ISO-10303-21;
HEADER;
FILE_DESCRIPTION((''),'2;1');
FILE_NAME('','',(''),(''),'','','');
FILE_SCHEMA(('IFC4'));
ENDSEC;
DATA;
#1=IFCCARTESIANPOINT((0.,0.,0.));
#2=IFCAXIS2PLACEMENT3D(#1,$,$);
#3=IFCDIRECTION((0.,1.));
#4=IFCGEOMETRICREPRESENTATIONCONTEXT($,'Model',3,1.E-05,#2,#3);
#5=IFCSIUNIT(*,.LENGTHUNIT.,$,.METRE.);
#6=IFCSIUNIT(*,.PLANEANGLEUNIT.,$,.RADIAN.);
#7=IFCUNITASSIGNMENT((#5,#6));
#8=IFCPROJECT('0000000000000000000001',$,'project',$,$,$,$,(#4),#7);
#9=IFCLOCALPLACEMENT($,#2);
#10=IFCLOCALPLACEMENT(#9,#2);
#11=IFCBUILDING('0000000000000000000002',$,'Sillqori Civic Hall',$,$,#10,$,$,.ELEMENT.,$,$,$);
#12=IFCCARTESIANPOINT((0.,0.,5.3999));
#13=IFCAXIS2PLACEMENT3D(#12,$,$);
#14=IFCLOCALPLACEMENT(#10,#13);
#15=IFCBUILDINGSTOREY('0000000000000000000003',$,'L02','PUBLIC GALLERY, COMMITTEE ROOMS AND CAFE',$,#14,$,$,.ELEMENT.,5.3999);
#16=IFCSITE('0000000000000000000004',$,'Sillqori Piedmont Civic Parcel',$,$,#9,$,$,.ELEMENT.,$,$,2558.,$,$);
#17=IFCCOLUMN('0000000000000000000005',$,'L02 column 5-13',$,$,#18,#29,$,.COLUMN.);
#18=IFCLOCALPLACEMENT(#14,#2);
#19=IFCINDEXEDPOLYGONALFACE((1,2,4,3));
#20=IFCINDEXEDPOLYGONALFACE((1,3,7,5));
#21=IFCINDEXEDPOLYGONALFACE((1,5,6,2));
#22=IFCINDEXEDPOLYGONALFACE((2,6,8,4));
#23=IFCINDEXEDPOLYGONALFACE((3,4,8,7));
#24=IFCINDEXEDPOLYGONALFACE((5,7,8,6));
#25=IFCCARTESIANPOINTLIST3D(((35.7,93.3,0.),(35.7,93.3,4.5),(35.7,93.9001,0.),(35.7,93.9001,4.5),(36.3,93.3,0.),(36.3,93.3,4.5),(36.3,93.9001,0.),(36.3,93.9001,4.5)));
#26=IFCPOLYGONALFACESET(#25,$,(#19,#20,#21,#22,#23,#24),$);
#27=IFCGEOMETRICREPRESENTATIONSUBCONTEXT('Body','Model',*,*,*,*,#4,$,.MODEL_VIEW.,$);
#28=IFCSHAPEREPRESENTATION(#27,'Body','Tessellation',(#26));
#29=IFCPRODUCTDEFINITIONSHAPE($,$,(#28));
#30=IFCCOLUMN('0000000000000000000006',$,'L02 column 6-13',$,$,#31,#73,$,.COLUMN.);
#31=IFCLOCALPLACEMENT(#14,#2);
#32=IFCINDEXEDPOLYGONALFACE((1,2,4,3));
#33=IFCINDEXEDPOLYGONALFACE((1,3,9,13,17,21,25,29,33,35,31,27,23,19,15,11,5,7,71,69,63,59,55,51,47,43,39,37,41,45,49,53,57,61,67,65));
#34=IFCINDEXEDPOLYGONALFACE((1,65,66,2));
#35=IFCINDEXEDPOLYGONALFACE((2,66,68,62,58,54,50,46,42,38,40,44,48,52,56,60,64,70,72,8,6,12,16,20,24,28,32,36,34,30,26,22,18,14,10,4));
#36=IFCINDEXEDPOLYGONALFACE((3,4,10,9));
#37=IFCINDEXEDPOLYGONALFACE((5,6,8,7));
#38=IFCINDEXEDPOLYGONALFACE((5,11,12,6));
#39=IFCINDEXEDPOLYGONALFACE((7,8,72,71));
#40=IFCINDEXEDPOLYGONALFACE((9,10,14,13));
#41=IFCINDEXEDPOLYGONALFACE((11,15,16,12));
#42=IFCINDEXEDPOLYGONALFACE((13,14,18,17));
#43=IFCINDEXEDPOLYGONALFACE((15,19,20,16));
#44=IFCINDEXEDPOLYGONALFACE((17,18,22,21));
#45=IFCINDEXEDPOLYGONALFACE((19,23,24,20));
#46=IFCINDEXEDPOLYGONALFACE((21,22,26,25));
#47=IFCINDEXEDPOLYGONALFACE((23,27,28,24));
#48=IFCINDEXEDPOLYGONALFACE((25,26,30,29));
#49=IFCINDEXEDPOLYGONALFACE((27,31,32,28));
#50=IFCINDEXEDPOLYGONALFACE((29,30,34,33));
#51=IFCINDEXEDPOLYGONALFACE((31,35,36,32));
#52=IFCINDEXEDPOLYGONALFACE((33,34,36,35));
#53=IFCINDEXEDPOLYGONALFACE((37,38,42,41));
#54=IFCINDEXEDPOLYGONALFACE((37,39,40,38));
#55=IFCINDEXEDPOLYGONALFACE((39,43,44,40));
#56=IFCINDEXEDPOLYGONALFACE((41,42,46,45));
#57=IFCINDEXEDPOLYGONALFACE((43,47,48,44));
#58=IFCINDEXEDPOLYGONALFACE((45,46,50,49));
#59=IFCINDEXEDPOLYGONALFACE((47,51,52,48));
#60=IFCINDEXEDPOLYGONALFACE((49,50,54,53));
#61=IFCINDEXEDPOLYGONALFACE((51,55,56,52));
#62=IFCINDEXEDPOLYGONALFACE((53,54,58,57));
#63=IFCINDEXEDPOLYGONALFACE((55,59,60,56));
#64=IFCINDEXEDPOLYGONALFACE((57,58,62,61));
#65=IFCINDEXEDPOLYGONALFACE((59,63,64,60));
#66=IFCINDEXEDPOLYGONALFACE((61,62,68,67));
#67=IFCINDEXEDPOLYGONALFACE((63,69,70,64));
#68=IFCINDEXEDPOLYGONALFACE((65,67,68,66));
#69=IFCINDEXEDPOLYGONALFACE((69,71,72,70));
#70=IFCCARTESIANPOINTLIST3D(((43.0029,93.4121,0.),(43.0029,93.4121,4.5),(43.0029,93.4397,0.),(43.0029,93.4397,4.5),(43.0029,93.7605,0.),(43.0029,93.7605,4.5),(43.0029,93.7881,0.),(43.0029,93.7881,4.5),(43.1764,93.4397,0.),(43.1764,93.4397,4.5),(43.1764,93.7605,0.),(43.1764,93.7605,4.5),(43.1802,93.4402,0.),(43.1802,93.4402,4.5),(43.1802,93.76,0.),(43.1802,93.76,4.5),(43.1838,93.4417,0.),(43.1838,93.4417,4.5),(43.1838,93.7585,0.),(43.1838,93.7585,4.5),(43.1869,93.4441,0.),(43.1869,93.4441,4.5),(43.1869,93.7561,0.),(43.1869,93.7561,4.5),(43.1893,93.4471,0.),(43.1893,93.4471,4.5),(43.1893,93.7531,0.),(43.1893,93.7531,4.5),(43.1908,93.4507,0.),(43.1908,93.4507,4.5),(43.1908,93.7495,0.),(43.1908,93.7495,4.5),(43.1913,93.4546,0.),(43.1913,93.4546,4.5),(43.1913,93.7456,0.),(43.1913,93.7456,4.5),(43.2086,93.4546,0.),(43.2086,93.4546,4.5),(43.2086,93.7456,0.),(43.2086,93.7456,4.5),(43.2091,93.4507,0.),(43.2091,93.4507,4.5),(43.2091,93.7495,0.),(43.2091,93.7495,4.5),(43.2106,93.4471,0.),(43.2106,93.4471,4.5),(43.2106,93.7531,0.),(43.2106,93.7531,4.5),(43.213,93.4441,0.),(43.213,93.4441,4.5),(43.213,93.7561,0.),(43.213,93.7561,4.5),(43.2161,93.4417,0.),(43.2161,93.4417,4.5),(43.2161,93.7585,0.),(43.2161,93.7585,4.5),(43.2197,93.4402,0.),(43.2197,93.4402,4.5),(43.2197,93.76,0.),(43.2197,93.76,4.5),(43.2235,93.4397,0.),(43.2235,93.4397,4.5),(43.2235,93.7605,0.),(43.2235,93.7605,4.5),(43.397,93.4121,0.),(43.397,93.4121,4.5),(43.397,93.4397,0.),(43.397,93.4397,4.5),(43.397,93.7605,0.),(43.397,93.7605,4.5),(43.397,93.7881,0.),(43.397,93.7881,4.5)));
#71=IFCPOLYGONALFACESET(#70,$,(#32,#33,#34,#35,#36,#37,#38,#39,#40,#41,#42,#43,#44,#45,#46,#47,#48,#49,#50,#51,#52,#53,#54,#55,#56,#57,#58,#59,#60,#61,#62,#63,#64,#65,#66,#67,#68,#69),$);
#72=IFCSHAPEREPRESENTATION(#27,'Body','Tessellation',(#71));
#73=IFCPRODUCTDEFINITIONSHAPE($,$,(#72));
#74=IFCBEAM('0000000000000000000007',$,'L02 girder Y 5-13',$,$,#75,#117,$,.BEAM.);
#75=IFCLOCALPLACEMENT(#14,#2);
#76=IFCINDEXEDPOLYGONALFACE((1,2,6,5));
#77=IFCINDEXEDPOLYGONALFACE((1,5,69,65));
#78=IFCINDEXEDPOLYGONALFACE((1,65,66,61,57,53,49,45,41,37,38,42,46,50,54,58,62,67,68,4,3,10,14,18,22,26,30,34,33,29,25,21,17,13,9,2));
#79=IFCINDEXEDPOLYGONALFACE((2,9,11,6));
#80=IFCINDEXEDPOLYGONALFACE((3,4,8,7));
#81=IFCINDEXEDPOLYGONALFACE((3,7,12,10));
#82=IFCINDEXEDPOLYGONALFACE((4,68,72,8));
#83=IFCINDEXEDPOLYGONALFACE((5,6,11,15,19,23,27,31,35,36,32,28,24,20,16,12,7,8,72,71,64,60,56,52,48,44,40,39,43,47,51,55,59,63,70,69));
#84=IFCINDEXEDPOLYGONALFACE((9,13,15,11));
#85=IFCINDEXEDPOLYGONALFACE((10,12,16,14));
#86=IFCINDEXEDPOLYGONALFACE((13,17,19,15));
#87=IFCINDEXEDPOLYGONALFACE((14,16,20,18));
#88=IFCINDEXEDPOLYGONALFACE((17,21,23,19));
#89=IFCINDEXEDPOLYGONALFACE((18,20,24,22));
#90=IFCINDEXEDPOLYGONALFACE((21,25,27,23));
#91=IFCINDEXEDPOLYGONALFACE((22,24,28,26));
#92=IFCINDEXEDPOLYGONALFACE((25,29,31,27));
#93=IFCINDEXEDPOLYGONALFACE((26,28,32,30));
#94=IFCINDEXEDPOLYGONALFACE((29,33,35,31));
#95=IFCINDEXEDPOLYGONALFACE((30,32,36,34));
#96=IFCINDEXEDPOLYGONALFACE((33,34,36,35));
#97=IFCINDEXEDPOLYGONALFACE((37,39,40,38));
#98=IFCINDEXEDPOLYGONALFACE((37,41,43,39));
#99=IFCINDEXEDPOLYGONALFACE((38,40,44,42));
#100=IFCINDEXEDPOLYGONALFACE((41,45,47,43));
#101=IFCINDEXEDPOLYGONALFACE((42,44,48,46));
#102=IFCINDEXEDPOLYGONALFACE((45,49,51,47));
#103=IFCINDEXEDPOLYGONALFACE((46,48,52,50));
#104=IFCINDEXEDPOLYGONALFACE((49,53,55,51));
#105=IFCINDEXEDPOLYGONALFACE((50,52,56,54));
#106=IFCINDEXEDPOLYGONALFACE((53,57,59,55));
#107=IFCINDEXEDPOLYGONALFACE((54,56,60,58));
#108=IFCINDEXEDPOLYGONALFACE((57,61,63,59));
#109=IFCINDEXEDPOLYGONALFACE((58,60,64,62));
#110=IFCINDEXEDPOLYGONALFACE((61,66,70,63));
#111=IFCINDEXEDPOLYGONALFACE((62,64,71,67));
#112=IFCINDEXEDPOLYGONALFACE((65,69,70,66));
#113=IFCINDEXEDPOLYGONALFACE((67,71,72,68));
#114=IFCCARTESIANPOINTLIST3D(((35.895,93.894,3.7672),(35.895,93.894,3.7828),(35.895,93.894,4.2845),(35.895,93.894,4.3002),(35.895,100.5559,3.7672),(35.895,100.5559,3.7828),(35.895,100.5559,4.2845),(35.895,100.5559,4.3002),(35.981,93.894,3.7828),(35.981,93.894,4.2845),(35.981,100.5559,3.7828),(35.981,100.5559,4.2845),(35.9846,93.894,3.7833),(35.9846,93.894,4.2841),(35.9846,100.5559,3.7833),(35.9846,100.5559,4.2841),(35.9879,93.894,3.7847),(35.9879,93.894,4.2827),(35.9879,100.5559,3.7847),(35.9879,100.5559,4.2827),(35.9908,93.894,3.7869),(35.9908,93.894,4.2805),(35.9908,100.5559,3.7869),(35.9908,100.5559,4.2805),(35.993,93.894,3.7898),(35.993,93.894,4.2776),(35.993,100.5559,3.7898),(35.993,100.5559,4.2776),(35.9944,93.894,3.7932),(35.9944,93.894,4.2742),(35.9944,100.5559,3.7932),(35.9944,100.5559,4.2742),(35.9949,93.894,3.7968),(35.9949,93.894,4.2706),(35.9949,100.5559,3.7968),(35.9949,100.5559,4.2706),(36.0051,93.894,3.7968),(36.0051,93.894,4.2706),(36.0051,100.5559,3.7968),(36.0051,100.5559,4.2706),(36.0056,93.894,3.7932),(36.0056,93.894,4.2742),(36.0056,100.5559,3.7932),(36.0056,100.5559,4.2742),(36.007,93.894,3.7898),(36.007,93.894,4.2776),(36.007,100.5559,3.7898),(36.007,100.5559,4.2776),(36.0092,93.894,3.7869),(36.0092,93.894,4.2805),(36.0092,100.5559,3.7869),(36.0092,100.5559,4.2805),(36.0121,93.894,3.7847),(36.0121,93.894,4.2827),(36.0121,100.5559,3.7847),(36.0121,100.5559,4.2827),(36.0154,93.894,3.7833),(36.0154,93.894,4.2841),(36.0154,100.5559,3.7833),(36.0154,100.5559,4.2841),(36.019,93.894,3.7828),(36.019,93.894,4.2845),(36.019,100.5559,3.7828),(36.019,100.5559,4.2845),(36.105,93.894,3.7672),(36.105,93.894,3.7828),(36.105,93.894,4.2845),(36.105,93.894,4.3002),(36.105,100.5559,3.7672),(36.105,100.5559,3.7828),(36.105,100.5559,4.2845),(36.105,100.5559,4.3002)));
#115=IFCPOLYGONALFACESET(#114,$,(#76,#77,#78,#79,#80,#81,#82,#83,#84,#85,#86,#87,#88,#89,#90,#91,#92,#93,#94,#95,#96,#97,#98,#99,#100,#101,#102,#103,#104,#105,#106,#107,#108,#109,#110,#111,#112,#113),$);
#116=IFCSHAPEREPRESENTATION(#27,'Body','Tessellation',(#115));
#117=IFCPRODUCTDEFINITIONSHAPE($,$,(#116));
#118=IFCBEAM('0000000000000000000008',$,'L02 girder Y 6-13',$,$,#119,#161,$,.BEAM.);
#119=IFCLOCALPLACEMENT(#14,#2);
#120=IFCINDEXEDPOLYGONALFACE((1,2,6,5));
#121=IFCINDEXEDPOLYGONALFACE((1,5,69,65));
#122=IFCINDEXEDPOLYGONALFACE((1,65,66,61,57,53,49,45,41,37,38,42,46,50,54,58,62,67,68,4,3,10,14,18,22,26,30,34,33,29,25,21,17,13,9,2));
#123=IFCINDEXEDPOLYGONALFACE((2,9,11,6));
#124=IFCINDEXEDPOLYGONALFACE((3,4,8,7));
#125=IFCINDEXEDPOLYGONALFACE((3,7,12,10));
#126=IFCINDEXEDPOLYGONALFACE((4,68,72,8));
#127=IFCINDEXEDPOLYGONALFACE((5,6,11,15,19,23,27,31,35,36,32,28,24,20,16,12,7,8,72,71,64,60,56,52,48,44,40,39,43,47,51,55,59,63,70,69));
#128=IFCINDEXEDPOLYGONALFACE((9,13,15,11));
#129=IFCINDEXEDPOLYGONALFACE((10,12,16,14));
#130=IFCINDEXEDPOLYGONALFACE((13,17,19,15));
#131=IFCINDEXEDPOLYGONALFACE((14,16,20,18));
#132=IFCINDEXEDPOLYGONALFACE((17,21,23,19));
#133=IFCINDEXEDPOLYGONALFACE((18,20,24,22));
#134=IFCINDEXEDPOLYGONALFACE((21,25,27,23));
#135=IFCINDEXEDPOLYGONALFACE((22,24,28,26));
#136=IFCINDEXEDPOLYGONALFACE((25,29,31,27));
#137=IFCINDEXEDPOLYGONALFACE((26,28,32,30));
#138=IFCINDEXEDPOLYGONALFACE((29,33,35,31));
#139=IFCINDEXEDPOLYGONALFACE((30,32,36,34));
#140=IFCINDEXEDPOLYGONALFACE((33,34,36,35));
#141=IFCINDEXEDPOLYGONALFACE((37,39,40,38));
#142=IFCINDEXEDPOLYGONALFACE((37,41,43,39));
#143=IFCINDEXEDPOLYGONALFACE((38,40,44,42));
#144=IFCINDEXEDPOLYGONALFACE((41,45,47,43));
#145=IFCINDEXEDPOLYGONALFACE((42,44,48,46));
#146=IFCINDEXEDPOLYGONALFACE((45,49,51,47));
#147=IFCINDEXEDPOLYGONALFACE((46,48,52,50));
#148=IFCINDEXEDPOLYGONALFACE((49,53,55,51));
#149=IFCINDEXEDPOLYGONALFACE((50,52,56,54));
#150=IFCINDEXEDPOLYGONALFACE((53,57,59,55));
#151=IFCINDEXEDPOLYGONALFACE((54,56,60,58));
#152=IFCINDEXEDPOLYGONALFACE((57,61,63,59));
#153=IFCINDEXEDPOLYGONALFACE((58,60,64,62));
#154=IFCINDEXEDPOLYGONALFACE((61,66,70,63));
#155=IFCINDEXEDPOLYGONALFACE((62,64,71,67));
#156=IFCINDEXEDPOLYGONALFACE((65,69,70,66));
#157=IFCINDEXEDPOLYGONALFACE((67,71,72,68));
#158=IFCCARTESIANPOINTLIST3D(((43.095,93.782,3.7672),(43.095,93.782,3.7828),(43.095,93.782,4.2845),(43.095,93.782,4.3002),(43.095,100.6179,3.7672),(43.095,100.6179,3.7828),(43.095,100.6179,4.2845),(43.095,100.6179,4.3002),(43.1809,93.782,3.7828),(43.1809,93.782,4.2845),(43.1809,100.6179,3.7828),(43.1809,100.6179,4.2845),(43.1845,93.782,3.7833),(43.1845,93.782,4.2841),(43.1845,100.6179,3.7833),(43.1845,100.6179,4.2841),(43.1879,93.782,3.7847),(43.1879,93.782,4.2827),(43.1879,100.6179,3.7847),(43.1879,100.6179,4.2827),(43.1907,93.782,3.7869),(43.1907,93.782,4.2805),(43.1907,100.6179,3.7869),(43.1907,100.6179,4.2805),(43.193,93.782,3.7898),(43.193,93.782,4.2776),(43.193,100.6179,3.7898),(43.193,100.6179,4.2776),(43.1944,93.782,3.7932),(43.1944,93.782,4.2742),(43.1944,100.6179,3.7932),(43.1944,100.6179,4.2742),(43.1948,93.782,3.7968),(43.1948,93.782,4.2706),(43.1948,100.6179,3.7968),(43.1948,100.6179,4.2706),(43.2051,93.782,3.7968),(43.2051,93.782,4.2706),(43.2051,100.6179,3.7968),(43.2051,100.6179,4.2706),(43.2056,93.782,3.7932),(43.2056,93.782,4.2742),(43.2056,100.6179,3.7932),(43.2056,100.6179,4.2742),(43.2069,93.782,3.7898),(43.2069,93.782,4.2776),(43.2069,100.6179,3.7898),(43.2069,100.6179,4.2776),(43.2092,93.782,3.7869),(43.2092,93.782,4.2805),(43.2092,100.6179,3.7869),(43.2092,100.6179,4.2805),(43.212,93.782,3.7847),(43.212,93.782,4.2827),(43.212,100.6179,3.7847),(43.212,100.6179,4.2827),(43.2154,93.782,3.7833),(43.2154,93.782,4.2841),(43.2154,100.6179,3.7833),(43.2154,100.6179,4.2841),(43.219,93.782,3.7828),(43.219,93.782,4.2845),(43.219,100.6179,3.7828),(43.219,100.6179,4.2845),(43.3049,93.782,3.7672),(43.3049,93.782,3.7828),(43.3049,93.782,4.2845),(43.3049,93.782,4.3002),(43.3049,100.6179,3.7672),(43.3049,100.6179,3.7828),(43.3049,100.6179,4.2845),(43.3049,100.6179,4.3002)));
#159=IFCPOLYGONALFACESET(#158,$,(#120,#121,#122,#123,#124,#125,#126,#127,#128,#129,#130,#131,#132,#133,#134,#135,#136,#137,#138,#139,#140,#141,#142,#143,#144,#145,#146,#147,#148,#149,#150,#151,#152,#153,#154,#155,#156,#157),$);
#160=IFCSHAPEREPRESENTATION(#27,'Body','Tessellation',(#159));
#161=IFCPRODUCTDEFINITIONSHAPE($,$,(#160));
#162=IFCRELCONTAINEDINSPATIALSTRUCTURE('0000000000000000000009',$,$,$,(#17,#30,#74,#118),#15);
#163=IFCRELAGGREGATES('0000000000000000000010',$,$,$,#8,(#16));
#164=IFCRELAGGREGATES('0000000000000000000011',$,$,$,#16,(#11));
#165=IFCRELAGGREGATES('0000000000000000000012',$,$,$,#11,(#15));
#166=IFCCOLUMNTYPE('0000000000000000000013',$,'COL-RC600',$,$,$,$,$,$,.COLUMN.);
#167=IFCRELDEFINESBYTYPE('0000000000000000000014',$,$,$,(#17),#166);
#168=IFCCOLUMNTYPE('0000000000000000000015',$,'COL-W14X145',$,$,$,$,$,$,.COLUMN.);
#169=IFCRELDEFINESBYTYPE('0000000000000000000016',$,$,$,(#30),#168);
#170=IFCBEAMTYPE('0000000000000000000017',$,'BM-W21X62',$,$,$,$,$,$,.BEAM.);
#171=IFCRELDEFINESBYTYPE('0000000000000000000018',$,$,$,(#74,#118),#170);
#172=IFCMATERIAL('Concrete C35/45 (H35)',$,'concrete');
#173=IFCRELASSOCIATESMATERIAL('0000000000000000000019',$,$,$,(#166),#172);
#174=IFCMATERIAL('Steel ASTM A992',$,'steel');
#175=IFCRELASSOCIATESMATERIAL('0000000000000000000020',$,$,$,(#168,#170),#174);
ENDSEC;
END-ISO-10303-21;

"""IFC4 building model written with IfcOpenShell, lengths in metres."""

from ifc_helpers import new_model, si_unit, direction, frame, origin, origin_2d, place, context, subcontext, project, spatial, rectangle, i_section, extrude, material, material_profile, profile_set, type_object, element, save


model = new_model("IFC4")

# Units and contexts
model_context = context("Model", 3, precision=1e-05, world=origin(), true_north=direction((0.0, 1.0)))
body_context = subcontext(model_context, "Body", "Model", "MODEL_VIEW")
ifc_project = project(units=[si_unit("LENGTHUNIT", "METRE"), si_unit("PLANEANGLEUNIT", "RADIAN")], contexts=[model_context])

# Site, building, storey
site_placement = place(None, origin())
site = spatial("IfcSite", under=ifc_project, at=site_placement, Name="Sillqori Piedmont Civic Parcel", CompositionType="ELEMENT", RefElevation=2558.0)
building_placement = place(site_placement, origin())
building = spatial("IfcBuilding", under=site, at=building_placement, Name="Sillqori Civic Hall", CompositionType="ELEMENT")
storey_placement = place(building_placement, frame((0.0, 0.0, 5.3999)))
storey = spatial("IfcBuildingStorey", under=building, at=storey_placement, Name="L02", Description="PUBLIC GALLERY, COMMITTEE ROOMS AND CAFE", CompositionType="ELEMENT", Elevation=5.3999)

# Columns
ifc_material_1 = material(Name="Concrete C35/45 (H35)", Category="concrete")
ifc_material_profile_1 = material_profile(ifc_material_1, rectangle(XDim=0.6001, YDim=0.6001, at=origin_2d()), Name="RC 600x600")
ifc_profile_set_1 = profile_set([ifc_material_profile_1], Name="Concrete C35/45 (H35)")
column_type_1 = type_object("IfcColumnType", Name="COL-RC600", PredefinedType="COLUMN", material=ifc_profile_set_1)
column_1_placement = place(storey_placement, frame((36.0, 93.6001, 0.0), z_axis=(0.0, 0.0, 1.0), x_axis=(1.0, 0.0, 0.0)))
element("IfcColumn", 1, at=column_1_placement, inside=storey, type_object=column_type_1, Name="L02 column 5-13", PredefinedType="COLUMN", context=body_context, shape_type="SweptSolid", body=[
    extrude(rectangle(XDim=0.6001, YDim=0.6001, at=origin_2d()), origin(), (0.0, 0.0, 1.0), 4.5),
])
ifc_material_2 = material(Name="Steel ASTM A992", Category="steel")
ifc_material_profile_2 = material_profile(ifc_material_2, i_section(OverallWidth=0.394, OverallDepth=0.376, WebThickness=0.0173, FlangeThickness=0.0276, FilletRadius=0.0149, at=origin_2d()), Name="W14X145")
ifc_profile_set_2 = profile_set([ifc_material_profile_2], Name="Steel ASTM A992")
column_type_2 = type_object("IfcColumnType", Name="COL-W14X145", PredefinedType="COLUMN", material=ifc_profile_set_2)
column_2_placement = place(storey_placement, frame((43.2, 93.6001, 0.0), z_axis=(0.0, 0.0, 1.0), x_axis=(1.0, 0.0, 0.0)))
element("IfcColumn", 2, at=column_2_placement, inside=storey, type_object=column_type_2, Name="L02 column 6-13", PredefinedType="COLUMN", context=body_context, shape_type="SweptSolid", body=[
    extrude(i_section(OverallWidth=0.394, OverallDepth=0.376, WebThickness=0.0173, FlangeThickness=0.0276, FilletRadius=0.0149, at=origin_2d()), origin(), (0.0, 0.0, 1.0), 4.5),
])

# Beams
ifc_material_profile_3 = material_profile(ifc_material_2, i_section(OverallWidth=0.21, OverallDepth=0.533, WebThickness=0.0103, FlangeThickness=0.0156, FilletRadius=0.0139, at=origin_2d()), Name="W21X62")
ifc_profile_set_3 = profile_set([ifc_material_profile_3], Name="Steel ASTM A992")
beam_type_1 = type_object("IfcBeamType", Name="BM-W21X62", PredefinedType="BEAM", material=ifc_profile_set_3)
beam_1_placement = place(storey_placement, frame((36.0, 93.894, 4.0337), z_axis=(0.0, 1.0, 0.0), x_axis=(-1.0, 0.0, 0.0)))
element("IfcBeam", 3, at=beam_1_placement, inside=storey, type_object=beam_type_1, Name="L02 girder Y 5-13", PredefinedType="BEAM", context=body_context, shape_type="SweptSolid", body=[
    extrude(i_section(OverallWidth=0.21, OverallDepth=0.533, WebThickness=0.0103, FlangeThickness=0.0156, FilletRadius=0.0139, at=origin_2d()), origin(), (0.0, 0.0, 1.0), 6.6619),
])
beam_2_placement = place(storey_placement, frame((43.2, 93.782, 4.0337), z_axis=(0.0, 1.0, 0.0), x_axis=(-1.0, 0.0, 0.0)))
element("IfcBeam", 4, at=beam_2_placement, inside=storey, type_object=beam_type_1, Name="L02 girder Y 6-13", PredefinedType="BEAM", context=body_context, shape_type="SweptSolid", body=[
    extrude(i_section(OverallWidth=0.21, OverallDepth=0.533, WebThickness=0.0103, FlangeThickness=0.0156, FilletRadius=0.0139, at=origin_2d()), origin(), (0.0, 0.0, 1.0), 6.8359),
])

save(model, "model.ifc")
